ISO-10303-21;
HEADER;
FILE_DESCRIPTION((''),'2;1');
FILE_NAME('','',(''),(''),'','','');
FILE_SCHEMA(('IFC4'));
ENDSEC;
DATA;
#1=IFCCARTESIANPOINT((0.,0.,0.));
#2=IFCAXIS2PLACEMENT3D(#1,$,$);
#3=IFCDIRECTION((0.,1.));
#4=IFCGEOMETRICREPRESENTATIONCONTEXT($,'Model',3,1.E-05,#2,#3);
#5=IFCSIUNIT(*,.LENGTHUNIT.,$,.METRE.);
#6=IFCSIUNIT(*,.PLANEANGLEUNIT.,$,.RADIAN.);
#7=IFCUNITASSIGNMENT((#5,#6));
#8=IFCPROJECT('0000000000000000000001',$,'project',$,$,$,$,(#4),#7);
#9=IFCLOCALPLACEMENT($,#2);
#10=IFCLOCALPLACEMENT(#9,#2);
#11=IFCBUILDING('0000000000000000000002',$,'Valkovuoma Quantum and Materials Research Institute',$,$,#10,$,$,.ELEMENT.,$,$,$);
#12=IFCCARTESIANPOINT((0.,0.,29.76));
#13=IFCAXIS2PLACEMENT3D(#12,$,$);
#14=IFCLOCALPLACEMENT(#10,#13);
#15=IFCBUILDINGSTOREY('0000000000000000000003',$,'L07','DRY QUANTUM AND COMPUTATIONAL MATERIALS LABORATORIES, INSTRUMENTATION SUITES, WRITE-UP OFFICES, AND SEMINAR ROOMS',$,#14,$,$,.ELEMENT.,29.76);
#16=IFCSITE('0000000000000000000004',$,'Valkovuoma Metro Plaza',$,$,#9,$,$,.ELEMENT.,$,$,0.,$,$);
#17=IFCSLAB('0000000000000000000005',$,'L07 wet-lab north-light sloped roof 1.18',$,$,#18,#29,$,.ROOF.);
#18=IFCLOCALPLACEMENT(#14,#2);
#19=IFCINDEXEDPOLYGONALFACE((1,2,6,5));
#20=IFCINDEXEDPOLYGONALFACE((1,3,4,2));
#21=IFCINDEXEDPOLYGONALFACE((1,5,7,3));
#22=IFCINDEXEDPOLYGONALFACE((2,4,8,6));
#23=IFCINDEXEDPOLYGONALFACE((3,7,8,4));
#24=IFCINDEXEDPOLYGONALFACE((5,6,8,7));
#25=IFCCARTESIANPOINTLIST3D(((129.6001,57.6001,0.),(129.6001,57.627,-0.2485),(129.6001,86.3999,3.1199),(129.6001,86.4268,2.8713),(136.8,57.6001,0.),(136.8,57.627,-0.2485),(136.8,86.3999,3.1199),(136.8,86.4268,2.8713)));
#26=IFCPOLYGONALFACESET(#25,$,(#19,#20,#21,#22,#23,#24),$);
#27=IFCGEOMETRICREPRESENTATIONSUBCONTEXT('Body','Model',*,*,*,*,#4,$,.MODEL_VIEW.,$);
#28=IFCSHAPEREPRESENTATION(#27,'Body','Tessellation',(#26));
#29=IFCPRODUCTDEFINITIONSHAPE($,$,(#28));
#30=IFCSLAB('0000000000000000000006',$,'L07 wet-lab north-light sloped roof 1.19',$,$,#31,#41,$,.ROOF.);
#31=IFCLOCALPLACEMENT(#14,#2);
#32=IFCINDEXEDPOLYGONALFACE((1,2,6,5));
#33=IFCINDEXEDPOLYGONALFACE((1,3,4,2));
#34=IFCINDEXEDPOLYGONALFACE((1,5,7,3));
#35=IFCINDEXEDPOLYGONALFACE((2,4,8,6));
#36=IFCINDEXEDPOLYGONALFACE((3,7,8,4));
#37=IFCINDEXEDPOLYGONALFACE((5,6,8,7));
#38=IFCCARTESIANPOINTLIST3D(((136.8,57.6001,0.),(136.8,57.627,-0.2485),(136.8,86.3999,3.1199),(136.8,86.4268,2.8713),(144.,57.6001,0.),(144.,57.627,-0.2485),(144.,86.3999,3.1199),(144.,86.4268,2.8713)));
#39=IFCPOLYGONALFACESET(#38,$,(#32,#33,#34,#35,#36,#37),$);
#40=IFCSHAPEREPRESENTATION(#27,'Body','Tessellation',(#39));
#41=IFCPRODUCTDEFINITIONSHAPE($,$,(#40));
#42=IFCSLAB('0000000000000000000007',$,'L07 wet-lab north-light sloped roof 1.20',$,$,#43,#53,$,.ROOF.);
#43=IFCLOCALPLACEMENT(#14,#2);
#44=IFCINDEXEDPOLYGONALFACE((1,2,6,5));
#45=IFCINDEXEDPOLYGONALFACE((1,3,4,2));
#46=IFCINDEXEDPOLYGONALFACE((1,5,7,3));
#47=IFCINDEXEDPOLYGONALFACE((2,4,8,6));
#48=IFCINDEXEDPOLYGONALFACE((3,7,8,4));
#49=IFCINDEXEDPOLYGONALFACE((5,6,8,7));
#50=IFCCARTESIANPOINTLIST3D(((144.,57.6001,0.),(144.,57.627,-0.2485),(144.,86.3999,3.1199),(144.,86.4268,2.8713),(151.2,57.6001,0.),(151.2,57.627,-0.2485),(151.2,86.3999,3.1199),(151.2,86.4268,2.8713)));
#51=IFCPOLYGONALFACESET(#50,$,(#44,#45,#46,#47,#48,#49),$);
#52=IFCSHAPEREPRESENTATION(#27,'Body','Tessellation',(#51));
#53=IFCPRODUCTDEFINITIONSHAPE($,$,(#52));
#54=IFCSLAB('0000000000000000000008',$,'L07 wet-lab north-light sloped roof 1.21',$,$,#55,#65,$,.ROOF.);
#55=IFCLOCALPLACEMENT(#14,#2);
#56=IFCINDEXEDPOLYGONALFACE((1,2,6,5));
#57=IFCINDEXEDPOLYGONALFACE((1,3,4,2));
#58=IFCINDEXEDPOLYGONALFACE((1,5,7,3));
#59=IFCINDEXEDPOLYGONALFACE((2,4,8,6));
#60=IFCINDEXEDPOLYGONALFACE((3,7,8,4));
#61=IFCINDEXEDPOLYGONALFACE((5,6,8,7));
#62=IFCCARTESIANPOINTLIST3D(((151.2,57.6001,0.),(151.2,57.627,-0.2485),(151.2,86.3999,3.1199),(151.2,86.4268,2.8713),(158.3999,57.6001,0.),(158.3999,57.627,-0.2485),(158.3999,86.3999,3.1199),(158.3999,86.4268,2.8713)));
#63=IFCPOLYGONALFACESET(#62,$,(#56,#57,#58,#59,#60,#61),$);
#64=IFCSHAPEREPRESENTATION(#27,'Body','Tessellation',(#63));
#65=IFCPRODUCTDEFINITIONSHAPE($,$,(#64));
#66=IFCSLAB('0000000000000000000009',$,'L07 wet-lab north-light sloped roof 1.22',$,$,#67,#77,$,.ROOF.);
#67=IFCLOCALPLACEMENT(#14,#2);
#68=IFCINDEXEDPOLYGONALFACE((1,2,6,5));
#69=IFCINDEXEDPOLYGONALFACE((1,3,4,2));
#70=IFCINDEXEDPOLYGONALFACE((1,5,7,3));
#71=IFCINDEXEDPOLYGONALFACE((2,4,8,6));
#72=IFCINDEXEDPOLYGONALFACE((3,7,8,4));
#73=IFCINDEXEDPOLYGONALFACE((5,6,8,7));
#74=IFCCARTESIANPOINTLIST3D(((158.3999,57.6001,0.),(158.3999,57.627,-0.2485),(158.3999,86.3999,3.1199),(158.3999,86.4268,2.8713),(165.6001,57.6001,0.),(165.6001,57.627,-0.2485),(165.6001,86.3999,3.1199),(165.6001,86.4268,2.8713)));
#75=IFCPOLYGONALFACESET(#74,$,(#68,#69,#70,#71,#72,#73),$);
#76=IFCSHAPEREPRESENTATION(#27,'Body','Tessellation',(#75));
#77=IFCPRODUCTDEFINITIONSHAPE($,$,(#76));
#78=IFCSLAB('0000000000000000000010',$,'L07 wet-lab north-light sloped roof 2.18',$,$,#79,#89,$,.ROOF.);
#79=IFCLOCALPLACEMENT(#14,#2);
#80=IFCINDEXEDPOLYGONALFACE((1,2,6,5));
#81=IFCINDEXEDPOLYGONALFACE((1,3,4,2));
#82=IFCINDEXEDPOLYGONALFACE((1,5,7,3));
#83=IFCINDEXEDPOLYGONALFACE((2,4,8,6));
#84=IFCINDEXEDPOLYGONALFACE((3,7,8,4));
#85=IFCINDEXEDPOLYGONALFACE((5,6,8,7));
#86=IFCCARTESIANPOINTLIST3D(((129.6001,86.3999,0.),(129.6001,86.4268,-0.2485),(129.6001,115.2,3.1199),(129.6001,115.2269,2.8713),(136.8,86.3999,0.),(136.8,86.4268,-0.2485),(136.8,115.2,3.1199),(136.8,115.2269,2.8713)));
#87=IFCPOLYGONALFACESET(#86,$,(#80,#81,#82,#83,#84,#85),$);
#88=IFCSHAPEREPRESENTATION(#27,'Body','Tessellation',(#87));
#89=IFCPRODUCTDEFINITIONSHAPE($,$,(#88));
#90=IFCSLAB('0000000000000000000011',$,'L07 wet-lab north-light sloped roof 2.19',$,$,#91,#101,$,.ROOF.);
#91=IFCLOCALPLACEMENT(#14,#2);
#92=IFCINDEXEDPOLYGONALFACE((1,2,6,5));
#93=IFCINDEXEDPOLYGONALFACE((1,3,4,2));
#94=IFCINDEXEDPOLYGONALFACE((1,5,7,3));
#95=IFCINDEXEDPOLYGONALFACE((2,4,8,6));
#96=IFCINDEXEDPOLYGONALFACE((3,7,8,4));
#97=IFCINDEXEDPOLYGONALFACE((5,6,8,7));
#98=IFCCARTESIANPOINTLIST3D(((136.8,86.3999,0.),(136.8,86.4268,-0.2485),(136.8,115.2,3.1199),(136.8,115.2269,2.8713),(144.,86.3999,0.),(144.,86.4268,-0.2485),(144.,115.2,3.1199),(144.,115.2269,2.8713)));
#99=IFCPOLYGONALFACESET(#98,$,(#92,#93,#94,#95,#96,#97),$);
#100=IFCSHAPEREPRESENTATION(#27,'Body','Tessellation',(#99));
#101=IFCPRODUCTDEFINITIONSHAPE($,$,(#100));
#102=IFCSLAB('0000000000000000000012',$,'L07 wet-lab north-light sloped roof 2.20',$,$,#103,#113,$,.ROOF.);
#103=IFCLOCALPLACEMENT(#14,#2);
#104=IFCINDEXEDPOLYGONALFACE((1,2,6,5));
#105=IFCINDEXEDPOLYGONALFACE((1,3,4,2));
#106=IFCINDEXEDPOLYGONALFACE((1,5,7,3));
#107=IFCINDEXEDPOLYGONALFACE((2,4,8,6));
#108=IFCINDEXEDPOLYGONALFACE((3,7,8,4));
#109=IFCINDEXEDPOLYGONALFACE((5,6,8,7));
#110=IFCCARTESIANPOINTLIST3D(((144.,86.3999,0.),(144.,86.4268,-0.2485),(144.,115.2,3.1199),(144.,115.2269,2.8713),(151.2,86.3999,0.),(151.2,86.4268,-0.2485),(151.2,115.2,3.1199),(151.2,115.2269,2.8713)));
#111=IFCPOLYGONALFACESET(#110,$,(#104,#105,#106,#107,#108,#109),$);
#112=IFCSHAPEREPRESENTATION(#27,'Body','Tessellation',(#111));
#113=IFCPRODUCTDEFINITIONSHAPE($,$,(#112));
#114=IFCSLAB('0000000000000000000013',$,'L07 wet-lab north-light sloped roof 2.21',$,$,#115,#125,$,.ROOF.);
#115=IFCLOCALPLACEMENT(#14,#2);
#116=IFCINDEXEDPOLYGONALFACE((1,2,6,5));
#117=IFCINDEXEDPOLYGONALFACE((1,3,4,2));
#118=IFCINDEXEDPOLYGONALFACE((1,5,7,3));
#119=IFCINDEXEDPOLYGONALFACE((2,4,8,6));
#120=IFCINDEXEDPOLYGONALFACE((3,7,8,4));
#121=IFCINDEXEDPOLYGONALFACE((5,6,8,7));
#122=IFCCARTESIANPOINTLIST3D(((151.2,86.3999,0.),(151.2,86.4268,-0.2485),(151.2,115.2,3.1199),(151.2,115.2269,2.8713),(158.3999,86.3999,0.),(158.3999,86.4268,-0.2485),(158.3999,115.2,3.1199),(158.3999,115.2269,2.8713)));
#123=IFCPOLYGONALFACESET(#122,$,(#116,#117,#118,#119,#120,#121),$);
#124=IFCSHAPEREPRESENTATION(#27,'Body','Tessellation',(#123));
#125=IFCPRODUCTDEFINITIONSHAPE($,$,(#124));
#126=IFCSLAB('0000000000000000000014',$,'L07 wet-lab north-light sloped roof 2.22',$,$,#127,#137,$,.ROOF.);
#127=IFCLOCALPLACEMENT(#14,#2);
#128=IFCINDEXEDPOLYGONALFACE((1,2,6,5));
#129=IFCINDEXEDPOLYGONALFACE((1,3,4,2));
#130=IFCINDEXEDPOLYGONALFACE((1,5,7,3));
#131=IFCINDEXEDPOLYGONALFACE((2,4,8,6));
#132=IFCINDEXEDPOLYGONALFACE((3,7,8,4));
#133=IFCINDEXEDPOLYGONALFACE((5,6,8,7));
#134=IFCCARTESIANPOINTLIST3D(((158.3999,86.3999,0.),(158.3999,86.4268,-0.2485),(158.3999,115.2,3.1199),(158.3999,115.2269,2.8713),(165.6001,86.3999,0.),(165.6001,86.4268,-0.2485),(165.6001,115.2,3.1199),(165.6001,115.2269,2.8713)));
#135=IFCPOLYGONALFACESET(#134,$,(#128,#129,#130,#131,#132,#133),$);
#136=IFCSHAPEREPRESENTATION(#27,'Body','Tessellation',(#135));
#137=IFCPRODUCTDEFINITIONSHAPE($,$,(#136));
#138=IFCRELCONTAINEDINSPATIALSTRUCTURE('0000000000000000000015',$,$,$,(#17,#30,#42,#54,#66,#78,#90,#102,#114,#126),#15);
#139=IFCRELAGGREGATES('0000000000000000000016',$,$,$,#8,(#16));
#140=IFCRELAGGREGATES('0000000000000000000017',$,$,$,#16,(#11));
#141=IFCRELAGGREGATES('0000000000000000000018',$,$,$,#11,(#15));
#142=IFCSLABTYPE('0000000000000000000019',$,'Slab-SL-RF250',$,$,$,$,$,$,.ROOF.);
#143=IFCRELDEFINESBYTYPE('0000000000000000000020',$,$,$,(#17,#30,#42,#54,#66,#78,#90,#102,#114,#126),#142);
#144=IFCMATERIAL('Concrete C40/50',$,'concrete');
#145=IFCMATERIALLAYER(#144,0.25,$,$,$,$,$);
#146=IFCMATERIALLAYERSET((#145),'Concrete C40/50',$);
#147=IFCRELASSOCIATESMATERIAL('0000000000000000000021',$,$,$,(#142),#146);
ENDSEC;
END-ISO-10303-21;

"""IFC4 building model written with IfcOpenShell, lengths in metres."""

from ifc_helpers import new_model, si_unit, direction, frame, origin, place, context, subcontext, project, spatial, polyline, outline, extrude, material, layer, layer_set, type_object, element, save


model = new_model("IFC4")

# Units and contexts
model_context = context("Model", 3, precision=1e-05, world=origin(), true_north=direction((0.0, 1.0)))
body_context = subcontext(model_context, "Body", "Model", "MODEL_VIEW")
ifc_project = project(units=[si_unit("LENGTHUNIT", "METRE"), si_unit("PLANEANGLEUNIT", "RADIAN")], contexts=[model_context])

# Site, building, storey
site_placement = place(None, origin())
site = spatial("IfcSite", under=ifc_project, at=site_placement, Name="Valkovuoma Metro Plaza", CompositionType="ELEMENT", RefElevation=0.0)
building_placement = place(site_placement, origin())
building = spatial("IfcBuilding", under=site, at=building_placement, Name="Valkovuoma Quantum and Materials Research Institute", CompositionType="ELEMENT")
storey_placement = place(building_placement, frame((0.0, 0.0, 29.76)))
storey = spatial("IfcBuildingStorey", under=building, at=storey_placement, Name="L07", Description="DRY QUANTUM AND COMPUTATIONAL MATERIALS LABORATORIES, INSTRUMENTATION SUITES, WRITE-UP OFFICES, AND SEMINAR ROOMS", CompositionType="ELEMENT", Elevation=29.76)

# Slabs
ifc_material_1 = material(Name="Concrete C40/50", Category="concrete")
ifc_layer_1 = layer(ifc_material_1, 0.25)
ifc_layer_set_1 = layer_set([ifc_layer_1], Name="Concrete C40/50")
slab_type = type_object("IfcSlabType", Name="Slab-SL-RF250", PredefinedType="ROOF", material=ifc_layer_set_1)
for number, where, z_axis, x_axis, name in (
    (1, (129.6001, 57.6001, 0.0), (0.0, -0.1077, 0.994183), (1.0, 0.0, 0.0), "L07 wet-lab north-light sloped roof 1.18"),
    (2, (136.8, 57.6001, 0.0), (0.0, -0.1077, 0.994183), (1.0, 0.0, 0.0), "L07 wet-lab north-light sloped roof 1.19"),
    (3, (144.0, 57.6001, 0.0), (0.0, -0.1077, 0.994183), (1.0, 0.0, 0.0), "L07 wet-lab north-light sloped roof 1.20"),
    (4, (151.2, 57.6001, 0.0), (0.0, -0.1077, 0.994183), (1.0, 0.0, 0.0), "L07 wet-lab north-light sloped roof 1.21"),
):
    element("IfcSlab", number, at=place(storey_placement, frame(where, z_axis=z_axis, x_axis=x_axis)), inside=storey, type_object=slab_type, Name=name, PredefinedType="ROOF", context=body_context, shape_type="SweptSolid", body=[
        extrude(outline(polyline([(0.0, 0.0), (7.2, 0.0), (7.2, 28.9683), (0.0, 28.9683), (0.0, 0.0)])), origin(), (0.0, 0.0, -1.0), 0.25),
    ])
slab_1_placement = place(storey_placement, frame((158.3999, 57.6001, 0.0), z_axis=(0.0, -0.1077, 0.994183), x_axis=(1.0, 0.0, 0.0)))
element("IfcSlab", 5, at=slab_1_placement, inside=storey, type_object=slab_type, Name="L07 wet-lab north-light sloped roof 1.22", PredefinedType="ROOF", context=body_context, shape_type="SweptSolid", body=[
    extrude(outline(polyline([(0.0, 0.0), (7.2002, 0.0), (7.2002, 28.9683), (0.0, 28.9683), (0.0, 0.0)])), origin(), (0.0, 0.0, -1.0), 0.25),
])
for number, where, z_axis, x_axis, name in (
    (6, (129.6001, 86.3999, 0.0), (0.0, -0.107699, 0.994184), (1.0, 0.0, 0.0), "L07 wet-lab north-light sloped roof 2.18"),
    (7, (136.8, 86.3999, 0.0), (0.0, -0.107699, 0.994184), (1.0, 0.0, 0.0), "L07 wet-lab north-light sloped roof 2.19"),
    (8, (144.0, 86.3999, 0.0), (0.0, -0.107699, 0.994184), (1.0, 0.0, 0.0), "L07 wet-lab north-light sloped roof 2.20"),
    (9, (151.2, 86.3999, 0.0), (0.0, -0.107699, 0.994184), (1.0, 0.0, 0.0), "L07 wet-lab north-light sloped roof 2.21"),
):
    element("IfcSlab", number, at=place(storey_placement, frame(where, z_axis=z_axis, x_axis=x_axis)), inside=storey, type_object=slab_type, Name=name, PredefinedType="ROOF", context=body_context, shape_type="SweptSolid", body=[
        extrude(outline(polyline([(0.0, 0.0), (7.2, 0.0), (7.2, 28.9685), (0.0, 28.9685), (0.0, 0.0)])), origin(), (0.0, 0.0, -1.0), 0.25),
    ])
slab_2_placement = place(storey_placement, frame((158.3999, 86.3999, 0.0), z_axis=(0.0, -0.107699, 0.994184), x_axis=(1.0, 0.0, 0.0)))
element("IfcSlab", 10, at=slab_2_placement, inside=storey, type_object=slab_type, Name="L07 wet-lab north-light sloped roof 2.22", PredefinedType="ROOF", context=body_context, shape_type="SweptSolid", body=[
    extrude(outline(polyline([(0.0, 0.0), (7.2002, 0.0), (7.2002, 28.9685), (0.0, 28.9685), (0.0, 0.0)])), origin(), (0.0, 0.0, -1.0), 0.25),
])

save(model, "model.ifc")
